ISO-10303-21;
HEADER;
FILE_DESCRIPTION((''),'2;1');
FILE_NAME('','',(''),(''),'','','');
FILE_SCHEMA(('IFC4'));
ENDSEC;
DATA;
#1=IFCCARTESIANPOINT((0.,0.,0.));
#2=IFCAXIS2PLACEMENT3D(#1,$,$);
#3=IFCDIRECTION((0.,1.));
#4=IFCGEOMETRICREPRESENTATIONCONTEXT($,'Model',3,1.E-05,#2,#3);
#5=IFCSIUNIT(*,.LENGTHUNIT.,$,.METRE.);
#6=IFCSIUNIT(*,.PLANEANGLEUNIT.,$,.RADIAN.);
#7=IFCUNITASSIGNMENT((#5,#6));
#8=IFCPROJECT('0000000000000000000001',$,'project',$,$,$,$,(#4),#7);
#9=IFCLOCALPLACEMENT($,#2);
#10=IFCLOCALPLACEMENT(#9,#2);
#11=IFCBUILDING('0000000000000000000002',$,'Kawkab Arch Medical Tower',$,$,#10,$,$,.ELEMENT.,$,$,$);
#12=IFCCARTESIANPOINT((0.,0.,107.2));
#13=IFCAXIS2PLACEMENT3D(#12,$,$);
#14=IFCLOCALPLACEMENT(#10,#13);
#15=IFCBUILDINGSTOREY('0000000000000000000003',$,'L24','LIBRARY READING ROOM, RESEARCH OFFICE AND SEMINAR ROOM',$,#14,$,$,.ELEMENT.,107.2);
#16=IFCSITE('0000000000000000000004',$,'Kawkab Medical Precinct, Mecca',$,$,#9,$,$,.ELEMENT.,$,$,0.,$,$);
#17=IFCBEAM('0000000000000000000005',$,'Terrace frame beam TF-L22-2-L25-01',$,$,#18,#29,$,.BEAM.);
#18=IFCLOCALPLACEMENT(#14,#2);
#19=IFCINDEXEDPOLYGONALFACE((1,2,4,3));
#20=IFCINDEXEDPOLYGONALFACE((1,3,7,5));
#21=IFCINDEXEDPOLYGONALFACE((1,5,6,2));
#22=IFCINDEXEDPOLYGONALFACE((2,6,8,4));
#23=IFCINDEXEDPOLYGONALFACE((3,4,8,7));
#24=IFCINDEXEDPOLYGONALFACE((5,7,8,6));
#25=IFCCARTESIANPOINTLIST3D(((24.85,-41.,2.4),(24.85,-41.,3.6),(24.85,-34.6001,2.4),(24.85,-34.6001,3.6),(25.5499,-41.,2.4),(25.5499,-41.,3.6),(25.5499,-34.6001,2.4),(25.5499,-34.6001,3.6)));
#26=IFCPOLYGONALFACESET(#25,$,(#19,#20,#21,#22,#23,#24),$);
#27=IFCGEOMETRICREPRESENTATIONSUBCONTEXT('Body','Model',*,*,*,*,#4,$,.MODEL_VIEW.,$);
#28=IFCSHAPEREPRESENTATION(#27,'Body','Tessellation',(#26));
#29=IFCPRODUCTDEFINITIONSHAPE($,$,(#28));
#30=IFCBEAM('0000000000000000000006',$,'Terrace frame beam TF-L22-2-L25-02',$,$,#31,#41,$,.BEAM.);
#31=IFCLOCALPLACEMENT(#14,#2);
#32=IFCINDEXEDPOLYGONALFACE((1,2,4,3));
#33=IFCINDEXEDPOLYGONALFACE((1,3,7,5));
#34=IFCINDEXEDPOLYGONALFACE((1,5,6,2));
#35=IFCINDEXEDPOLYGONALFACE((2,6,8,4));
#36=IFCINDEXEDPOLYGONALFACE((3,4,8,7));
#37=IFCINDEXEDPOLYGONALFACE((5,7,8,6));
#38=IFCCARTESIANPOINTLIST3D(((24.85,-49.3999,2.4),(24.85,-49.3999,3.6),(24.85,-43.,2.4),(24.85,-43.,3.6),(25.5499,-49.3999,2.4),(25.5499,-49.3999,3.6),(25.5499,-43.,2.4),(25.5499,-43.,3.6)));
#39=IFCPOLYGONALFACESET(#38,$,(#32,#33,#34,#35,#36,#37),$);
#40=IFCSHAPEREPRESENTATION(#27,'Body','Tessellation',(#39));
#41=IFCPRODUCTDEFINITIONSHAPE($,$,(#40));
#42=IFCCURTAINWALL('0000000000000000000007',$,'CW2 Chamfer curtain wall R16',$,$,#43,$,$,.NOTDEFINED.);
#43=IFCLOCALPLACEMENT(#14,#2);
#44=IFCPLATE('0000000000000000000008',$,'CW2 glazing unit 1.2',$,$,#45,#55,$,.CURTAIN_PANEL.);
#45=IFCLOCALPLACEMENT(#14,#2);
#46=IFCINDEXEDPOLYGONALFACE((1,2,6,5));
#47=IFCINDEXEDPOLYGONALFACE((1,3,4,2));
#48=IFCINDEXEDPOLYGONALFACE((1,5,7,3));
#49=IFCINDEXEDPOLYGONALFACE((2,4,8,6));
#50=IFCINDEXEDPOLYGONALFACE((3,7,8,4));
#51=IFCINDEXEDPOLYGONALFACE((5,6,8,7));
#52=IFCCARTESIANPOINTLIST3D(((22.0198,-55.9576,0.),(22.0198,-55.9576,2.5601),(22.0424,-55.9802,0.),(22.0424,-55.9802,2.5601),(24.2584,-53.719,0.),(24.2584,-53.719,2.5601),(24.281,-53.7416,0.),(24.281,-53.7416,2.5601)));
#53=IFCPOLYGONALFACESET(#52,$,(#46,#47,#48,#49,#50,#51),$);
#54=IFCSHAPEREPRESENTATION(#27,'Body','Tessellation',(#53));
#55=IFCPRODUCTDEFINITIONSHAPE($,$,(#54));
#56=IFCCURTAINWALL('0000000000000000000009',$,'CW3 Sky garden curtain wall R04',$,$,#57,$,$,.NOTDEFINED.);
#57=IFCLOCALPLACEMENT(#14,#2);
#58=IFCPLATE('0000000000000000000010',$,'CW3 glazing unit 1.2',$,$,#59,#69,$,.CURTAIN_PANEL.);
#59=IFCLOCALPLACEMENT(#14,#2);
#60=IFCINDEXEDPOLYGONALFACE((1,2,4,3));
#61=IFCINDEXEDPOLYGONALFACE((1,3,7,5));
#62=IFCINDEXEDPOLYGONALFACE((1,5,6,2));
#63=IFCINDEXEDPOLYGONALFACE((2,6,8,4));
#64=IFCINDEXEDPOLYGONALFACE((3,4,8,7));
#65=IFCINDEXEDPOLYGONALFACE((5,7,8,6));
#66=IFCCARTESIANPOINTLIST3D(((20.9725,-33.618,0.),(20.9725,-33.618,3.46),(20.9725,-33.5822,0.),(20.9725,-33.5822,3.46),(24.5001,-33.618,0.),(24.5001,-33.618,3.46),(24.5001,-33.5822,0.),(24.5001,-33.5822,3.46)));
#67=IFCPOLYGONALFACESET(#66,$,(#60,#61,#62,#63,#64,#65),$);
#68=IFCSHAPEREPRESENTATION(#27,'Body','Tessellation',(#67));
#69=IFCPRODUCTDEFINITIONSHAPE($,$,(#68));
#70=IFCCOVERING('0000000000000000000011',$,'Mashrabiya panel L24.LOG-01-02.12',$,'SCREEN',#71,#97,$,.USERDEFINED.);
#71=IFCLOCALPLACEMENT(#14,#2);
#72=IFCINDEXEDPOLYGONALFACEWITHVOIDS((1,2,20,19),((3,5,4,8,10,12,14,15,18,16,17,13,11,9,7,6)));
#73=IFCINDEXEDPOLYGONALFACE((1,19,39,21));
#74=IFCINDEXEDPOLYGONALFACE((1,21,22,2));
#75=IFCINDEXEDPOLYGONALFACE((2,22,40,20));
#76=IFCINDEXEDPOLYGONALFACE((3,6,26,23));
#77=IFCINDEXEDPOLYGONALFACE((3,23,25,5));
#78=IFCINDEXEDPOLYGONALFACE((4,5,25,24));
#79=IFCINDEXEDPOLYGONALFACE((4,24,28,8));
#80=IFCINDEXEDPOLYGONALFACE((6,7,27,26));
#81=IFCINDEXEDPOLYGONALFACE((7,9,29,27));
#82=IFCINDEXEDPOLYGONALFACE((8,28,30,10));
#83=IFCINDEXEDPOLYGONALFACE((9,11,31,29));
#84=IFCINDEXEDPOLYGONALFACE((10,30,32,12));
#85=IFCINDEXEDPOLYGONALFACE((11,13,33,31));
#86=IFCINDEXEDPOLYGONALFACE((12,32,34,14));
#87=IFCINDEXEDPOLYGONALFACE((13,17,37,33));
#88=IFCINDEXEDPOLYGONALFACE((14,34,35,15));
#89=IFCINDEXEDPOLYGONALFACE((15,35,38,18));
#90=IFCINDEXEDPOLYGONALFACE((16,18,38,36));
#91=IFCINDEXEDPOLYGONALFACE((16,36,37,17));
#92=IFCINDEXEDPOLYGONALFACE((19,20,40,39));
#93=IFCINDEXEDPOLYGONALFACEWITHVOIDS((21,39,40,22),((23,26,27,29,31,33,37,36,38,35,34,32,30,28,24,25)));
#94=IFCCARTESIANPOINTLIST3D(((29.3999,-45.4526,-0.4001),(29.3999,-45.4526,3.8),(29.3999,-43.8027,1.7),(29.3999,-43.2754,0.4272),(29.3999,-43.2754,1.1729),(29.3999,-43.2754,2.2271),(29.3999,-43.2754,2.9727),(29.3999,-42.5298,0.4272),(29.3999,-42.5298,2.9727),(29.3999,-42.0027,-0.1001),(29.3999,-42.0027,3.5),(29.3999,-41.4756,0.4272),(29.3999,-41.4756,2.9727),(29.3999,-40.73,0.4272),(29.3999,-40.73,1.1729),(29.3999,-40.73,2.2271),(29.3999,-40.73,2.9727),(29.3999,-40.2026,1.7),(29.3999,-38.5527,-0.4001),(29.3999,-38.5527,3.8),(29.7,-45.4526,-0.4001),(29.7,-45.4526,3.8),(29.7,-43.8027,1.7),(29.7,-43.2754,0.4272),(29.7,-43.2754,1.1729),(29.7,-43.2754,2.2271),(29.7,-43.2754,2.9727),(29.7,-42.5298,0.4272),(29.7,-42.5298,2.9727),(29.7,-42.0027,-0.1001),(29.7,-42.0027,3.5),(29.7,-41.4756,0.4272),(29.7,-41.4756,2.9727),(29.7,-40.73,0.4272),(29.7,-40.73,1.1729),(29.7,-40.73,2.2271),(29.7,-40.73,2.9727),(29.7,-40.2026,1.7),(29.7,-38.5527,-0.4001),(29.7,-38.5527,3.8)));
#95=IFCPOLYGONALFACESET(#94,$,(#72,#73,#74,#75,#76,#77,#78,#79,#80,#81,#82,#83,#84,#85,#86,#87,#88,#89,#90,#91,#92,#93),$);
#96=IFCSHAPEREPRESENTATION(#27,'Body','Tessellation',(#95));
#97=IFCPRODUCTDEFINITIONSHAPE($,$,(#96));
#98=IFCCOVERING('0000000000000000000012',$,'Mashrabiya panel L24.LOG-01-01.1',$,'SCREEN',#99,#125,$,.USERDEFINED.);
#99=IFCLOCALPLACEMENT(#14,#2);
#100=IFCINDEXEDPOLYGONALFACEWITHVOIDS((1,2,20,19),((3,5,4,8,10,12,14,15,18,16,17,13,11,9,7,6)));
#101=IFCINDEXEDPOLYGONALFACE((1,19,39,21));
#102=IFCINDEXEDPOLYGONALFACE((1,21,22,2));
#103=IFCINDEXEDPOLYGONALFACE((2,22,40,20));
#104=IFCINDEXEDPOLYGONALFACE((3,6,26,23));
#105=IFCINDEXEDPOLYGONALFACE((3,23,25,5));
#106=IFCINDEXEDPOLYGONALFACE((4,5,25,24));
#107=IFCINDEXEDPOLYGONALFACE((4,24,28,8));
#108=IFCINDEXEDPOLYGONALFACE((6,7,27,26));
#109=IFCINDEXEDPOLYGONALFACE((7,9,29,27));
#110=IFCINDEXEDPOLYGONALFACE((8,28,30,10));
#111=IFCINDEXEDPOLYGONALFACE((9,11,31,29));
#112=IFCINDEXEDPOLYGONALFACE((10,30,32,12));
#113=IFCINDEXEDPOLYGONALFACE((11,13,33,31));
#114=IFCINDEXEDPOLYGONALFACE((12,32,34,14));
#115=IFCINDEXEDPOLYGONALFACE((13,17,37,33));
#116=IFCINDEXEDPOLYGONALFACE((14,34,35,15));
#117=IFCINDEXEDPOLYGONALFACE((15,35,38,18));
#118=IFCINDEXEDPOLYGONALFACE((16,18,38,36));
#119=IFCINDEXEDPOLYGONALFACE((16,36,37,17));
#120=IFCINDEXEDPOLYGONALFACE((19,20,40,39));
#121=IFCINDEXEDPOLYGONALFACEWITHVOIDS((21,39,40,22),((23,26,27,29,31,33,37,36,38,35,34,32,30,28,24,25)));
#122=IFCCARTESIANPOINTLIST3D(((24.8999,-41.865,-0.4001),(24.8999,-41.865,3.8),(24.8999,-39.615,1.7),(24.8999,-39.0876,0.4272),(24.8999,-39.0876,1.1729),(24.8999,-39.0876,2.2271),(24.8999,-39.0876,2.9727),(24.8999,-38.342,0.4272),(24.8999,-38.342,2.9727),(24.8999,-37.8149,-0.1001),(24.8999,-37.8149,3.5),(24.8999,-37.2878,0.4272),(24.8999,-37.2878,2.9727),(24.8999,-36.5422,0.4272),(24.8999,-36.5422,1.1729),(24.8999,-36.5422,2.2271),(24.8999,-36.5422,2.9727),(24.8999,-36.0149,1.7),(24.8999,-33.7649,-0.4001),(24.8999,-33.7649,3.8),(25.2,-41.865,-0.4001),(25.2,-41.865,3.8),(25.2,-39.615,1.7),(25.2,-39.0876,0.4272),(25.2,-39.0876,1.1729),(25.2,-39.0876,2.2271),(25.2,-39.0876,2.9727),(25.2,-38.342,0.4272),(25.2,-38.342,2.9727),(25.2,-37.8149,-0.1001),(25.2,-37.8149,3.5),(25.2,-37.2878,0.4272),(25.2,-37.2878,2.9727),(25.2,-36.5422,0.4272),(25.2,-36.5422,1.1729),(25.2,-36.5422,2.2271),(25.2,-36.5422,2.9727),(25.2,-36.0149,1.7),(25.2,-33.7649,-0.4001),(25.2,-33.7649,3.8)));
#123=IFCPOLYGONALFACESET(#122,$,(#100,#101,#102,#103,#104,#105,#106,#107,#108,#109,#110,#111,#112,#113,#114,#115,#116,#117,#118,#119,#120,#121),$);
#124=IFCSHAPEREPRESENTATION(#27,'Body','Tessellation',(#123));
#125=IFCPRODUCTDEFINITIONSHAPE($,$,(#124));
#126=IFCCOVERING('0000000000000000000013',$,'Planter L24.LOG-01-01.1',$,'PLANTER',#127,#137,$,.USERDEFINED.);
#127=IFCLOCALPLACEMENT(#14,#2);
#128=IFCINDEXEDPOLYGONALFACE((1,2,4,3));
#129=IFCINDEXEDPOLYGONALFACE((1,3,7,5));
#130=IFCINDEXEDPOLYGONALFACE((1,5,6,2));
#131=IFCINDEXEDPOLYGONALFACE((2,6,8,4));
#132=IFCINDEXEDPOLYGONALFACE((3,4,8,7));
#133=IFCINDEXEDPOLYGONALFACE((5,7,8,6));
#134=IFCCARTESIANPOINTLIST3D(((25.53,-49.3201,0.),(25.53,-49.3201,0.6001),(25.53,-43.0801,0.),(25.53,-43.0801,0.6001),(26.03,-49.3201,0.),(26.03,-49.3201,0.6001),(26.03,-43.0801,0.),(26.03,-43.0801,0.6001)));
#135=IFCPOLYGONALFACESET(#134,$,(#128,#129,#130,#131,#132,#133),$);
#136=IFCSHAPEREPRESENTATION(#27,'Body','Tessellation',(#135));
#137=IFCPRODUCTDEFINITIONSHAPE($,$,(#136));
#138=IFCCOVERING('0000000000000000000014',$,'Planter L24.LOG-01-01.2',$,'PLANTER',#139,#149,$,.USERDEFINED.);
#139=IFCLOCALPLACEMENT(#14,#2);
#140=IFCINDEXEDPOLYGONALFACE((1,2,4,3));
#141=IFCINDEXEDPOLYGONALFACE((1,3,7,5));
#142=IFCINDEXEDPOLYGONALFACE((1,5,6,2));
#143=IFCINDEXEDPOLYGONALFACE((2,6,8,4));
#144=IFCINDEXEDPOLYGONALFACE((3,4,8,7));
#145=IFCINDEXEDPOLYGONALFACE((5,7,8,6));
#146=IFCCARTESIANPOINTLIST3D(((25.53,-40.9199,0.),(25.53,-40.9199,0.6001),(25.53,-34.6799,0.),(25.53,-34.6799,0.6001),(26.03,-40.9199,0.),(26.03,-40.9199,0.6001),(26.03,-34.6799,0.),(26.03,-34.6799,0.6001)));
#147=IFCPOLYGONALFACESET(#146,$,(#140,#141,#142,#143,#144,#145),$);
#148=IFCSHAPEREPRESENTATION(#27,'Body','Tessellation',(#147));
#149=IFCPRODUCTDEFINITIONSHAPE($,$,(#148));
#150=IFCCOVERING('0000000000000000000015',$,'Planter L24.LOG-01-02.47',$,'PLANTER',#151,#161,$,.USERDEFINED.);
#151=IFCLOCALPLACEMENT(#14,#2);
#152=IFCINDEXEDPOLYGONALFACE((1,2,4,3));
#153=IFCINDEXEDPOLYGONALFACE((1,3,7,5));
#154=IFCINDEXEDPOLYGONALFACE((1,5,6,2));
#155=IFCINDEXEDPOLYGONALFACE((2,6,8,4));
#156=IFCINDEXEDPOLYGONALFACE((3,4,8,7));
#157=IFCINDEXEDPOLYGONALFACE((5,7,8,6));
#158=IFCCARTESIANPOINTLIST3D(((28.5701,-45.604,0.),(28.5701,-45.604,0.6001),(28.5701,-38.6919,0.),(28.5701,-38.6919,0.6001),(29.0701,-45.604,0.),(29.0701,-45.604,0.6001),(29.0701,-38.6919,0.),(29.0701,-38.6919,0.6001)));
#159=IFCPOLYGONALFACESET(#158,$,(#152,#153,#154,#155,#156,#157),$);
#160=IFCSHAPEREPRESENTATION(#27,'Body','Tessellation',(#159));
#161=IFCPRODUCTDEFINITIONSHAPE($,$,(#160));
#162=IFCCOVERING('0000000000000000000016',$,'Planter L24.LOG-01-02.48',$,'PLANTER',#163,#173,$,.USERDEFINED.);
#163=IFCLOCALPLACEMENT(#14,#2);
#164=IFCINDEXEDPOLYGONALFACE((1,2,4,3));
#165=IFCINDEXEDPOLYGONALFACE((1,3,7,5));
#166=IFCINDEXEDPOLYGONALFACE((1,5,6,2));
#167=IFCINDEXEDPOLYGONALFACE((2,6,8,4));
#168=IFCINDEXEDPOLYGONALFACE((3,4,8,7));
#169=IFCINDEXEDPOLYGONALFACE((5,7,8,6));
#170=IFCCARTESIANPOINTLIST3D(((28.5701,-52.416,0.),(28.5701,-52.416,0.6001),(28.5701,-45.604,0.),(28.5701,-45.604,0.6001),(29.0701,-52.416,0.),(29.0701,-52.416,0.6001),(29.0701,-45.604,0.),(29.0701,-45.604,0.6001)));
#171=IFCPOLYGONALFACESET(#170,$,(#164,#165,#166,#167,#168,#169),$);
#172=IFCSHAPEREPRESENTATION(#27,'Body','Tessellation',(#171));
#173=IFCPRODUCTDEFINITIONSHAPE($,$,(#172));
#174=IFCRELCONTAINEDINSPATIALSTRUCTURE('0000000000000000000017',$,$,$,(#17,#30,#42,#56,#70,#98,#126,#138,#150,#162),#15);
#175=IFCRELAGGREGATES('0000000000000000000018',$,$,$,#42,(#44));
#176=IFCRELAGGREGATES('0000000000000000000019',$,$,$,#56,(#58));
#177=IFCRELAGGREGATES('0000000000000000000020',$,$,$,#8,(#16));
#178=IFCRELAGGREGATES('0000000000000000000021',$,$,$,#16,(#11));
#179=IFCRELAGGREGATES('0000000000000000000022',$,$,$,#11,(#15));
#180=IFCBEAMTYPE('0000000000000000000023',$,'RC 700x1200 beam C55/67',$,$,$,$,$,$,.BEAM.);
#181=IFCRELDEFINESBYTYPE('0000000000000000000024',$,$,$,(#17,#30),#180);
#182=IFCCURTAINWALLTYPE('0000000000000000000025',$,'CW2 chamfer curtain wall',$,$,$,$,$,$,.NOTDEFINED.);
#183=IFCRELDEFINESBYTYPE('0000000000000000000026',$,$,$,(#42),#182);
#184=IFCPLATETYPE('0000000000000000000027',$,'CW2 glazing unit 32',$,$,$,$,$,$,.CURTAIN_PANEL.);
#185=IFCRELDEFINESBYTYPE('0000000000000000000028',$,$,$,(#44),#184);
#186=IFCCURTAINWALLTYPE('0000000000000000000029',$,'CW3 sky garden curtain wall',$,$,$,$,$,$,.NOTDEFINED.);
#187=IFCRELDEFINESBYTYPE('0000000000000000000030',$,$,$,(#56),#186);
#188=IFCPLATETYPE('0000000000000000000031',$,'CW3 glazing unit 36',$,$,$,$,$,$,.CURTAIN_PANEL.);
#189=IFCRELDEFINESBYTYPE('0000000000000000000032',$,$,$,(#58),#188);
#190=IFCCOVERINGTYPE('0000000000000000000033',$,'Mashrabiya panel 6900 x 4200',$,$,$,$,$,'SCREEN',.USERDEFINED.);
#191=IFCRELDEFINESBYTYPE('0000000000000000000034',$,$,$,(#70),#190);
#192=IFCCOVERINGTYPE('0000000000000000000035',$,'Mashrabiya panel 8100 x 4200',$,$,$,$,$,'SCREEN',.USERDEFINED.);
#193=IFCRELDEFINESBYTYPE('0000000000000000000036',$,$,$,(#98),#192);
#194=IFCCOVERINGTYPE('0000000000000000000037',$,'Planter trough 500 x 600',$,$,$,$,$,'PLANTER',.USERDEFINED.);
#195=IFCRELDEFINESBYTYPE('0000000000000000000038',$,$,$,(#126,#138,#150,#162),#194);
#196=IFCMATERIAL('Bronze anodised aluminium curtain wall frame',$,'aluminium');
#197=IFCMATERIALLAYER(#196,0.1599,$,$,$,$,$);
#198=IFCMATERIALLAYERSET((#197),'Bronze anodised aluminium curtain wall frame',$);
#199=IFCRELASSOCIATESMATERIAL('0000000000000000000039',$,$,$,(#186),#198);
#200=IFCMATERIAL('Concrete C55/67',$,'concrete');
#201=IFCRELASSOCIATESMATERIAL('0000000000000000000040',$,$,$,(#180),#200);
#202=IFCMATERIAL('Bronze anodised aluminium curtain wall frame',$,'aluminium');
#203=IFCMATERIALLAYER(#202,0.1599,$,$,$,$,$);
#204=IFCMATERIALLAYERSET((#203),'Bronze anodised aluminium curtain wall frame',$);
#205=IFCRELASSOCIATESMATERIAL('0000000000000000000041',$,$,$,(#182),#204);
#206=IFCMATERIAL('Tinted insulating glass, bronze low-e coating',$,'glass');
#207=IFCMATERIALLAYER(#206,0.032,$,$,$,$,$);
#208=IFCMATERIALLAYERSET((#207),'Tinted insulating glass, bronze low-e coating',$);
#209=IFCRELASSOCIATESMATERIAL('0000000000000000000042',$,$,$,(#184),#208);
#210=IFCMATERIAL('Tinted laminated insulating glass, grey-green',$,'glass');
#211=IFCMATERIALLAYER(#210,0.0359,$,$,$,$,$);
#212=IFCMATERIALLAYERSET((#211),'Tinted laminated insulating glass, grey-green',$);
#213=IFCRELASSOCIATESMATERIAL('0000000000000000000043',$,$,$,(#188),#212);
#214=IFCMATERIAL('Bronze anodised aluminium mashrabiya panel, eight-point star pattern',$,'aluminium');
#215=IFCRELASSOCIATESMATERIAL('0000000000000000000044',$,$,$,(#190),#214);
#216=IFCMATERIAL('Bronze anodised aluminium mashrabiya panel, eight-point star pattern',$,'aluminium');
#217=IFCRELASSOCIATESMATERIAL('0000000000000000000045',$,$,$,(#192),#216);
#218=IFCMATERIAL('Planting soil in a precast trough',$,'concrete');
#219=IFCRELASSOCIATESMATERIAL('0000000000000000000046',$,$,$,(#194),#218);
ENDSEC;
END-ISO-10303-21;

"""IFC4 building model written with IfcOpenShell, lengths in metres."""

from ifc_helpers import new_model, si_unit, direction, frame, origin, origin_2d, place, context, subcontext, project, spatial, polyline, rectangle, outline, extrude, material, layer, layer_set, material_profile, profile_set, type_object, element, aggregate, save


model = new_model("IFC4")

# Units and contexts
model_context = context("Model", 3, precision=1e-05, world=origin(), true_north=direction((0.0, 1.0)))
body_context = subcontext(model_context, "Body", "Model", "MODEL_VIEW")
ifc_project = project(units=[si_unit("LENGTHUNIT", "METRE"), si_unit("PLANEANGLEUNIT", "RADIAN")], contexts=[model_context])

# Site, building, storey
site_placement = place(None, origin())
site = spatial("IfcSite", under=ifc_project, at=site_placement, Name="Kawkab Medical Precinct, Mecca", CompositionType="ELEMENT", RefElevation=0.0)
building_placement = place(site_placement, origin())
building = spatial("IfcBuilding", under=site, at=building_placement, Name="Kawkab Arch Medical Tower", CompositionType="ELEMENT")
storey_placement = place(building_placement, frame((0.0, 0.0, 107.2)))
storey = spatial("IfcBuildingStorey", under=building, at=storey_placement, Name="L24", Description="LIBRARY READING ROOM, RESEARCH OFFICE AND SEMINAR ROOM", CompositionType="ELEMENT", Elevation=107.2)

# Shared definitions
ifc_material_1 = material(Name="Bronze anodised aluminium curtain wall frame", Category="aluminium")
ifc_layer_1 = layer(ifc_material_1, 0.1599)
ifc_layer_set_1 = layer_set([ifc_layer_1], Name="Bronze anodised aluminium curtain wall frame")
curtain_wall_type_1 = type_object("IfcCurtainWallType", Name="CW3 sky garden curtain wall", PredefinedType="NOTDEFINED", material=ifc_layer_set_1)
placement = place(storey_placement, origin())

# Beams
ifc_material_2 = material(Name="Concrete C55/67", Category="concrete")
ifc_material_profile_1 = material_profile(ifc_material_2, rectangle(XDim=0.7, YDim=1.2, at=origin_2d()), Name="RC 700x1200")
ifc_profile_set_1 = profile_set([ifc_material_profile_1], Name="Concrete C55/67")
beam_type_1 = type_object("IfcBeamType", Name="RC 700x1200 beam C55/67", PredefinedType="BEAM", material=ifc_profile_set_1)
for number, where, z_axis, x_axis, name in (
    (1, (25.2, -34.6001, 3.0), (0.0, -1.0, 0.0), (1.0, 0.0, 0.0), "Terrace frame beam TF-L22-2-L25-01"),
    (2, (25.2, -43.0, 3.0), (0.0, -1.0, 0.0), (1.0, 0.0, 0.0), "Terrace frame beam TF-L22-2-L25-02"),
):
    element("IfcBeam", number, at=place(storey_placement, frame(where, z_axis=z_axis, x_axis=x_axis)), inside=storey, type_object=beam_type_1, Name=name, PredefinedType="BEAM", context=body_context, shape_type="SweptSolid", body=[
        extrude(rectangle(XDim=0.7, YDim=1.2, at=origin_2d()), origin(), (0.0, 0.0, 1.0), 6.3999),
    ])

# Curtain walls, plates
ifc_material_3 = material(Name="Bronze anodised aluminium curtain wall frame", Category="aluminium")
ifc_layer_2 = layer(ifc_material_3, 0.1599)
ifc_layer_set_2 = layer_set([ifc_layer_2], Name="Bronze anodised aluminium curtain wall frame")
curtain_wall_type_2 = type_object("IfcCurtainWallType", Name="CW2 chamfer curtain wall", PredefinedType="NOTDEFINED", material=ifc_layer_set_2)
curtain_wall_1 = element("IfcCurtainWall", 3, at=placement, inside=storey, type_object=curtain_wall_type_2, Name="CW2 Chamfer curtain wall R16", PredefinedType="NOTDEFINED")
ifc_material_4 = material(Name="Tinted insulating glass, bronze low-e coating", Category="glass")
ifc_layer_3 = layer(ifc_material_4, 0.032)
ifc_layer_set_3 = layer_set([ifc_layer_3], Name="Tinted insulating glass, bronze low-e coating")
plate_type_1 = type_object("IfcPlateType", Name="CW2 glazing unit 32", PredefinedType="CURTAIN_PANEL", material=ifc_layer_set_3)
plate_1_placement = place(storey_placement, frame((23.1504, -54.8496, 0.0), z_axis=(0.0, 0.0, 1.0), x_axis=(0.707107, 0.707107, 0.0)))
plate_1 = element("IfcPlate", 4, at=plate_1_placement, type_object=plate_type_1, Name="CW2 glazing unit 1.2", PredefinedType="CURTAIN_PANEL", context=body_context, shape_type="SweptSolid", body=[
    extrude(rectangle(XDim=3.1658, YDim=0.032, at=origin_2d()), origin(), (0.0, 0.0, 1.0), 2.5601),
])
aggregate(curtain_wall_1, [plate_1])
curtain_wall_2 = element("IfcCurtainWall", 5, at=placement, inside=storey, type_object=curtain_wall_type_1, Name="CW3 Sky garden curtain wall R04", PredefinedType="NOTDEFINED")
ifc_material_5 = material(Name="Tinted laminated insulating glass, grey-green", Category="glass")
ifc_layer_4 = layer(ifc_material_5, 0.0359)
ifc_layer_set_4 = layer_set([ifc_layer_4], Name="Tinted laminated insulating glass, grey-green")
plate_type_2 = type_object("IfcPlateType", Name="CW3 glazing unit 36", PredefinedType="CURTAIN_PANEL", material=ifc_layer_set_4)
plate_2_placement = place(storey_placement, frame((22.7363, -33.6001, 0.0), z_axis=(0.0, 0.0, 1.0), x_axis=(1.0, 0.0, 0.0)))
plate_2 = element("IfcPlate", 6, at=plate_2_placement, type_object=plate_type_2, Name="CW3 glazing unit 1.2", PredefinedType="CURTAIN_PANEL", context=body_context, shape_type="SweptSolid", body=[
    extrude(rectangle(XDim=3.5276, YDim=0.0359, at=origin_2d()), origin(), (0.0, 0.0, 1.0), 3.46),
])
aggregate(curtain_wall_2, [plate_2])

# Coverings
ifc_material_6 = material(Name="Bronze anodised aluminium mashrabiya panel, eight-point star pattern", Category="aluminium")
ifc_material_profile_2 = material_profile(ifc_material_6, outline(polyline([(-3.45, -2.1001), (3.45, -2.1001), (3.45, 2.1001), (-3.45, 2.1001), (-3.45, -2.1001)]), holes=[polyline([(1.8, 0.0), (1.2727, 0.5271), (1.2727, 1.2727), (0.5271, 1.2727), (0.0, 1.8), (-0.5271, 1.2727), (-1.2727, 1.2727), (-1.2727, 0.5271), (-1.8, 0.0), (-1.2727, -0.5271), (-1.2727, -1.2727), (-0.5271, -1.2727), (0.0, -1.8), (0.5271, -1.2727), (1.2727, -1.2727), (1.2727, -0.5271), (1.8, 0.0)])]), Name="Mashrabiya panel 6900x4200")
ifc_profile_set_2 = profile_set([ifc_material_profile_2], Name="Bronze anodised aluminium mashrabiya panel, eight-point star pattern")
covering_type_1 = type_object("IfcCoveringType", Name="Mashrabiya panel 6900 x 4200", ElementType="SCREEN", PredefinedType="USERDEFINED", material=ifc_profile_set_2)
covering_1_placement = place(storey_placement, frame((29.3999, -42.0027, 1.7), z_axis=(1.0, 0.0, 0.0), x_axis=(0.0, 1.0, 0.0)))
element("IfcCovering", 7, at=covering_1_placement, inside=storey, type_object=covering_type_1, Name="Mashrabiya panel L24.LOG-01-02.12", ObjectType="SCREEN", PredefinedType="USERDEFINED", context=body_context, shape_type="SweptSolid", body=[
    extrude(outline(polyline([(-3.45, -2.1001), (3.45, -2.1001), (3.45, 2.1001), (-3.45, 2.1001), (-3.45, -2.1001)]), holes=[polyline([(1.8, 0.0), (1.2727, 0.5271), (1.2727, 1.2727), (0.5271, 1.2727), (0.0, 1.8), (-0.5271, 1.2727), (-1.2727, 1.2727), (-1.2727, 0.5271), (-1.8, 0.0), (-1.2727, -0.5271), (-1.2727, -1.2727), (-0.5271, -1.2727), (0.0, -1.8), (0.5271, -1.2727), (1.2727, -1.2727), (1.2727, -0.5271), (1.8, 0.0)])]), origin(), (0.0, 0.0, 1.0), 0.3),
])
ifc_material_7 = material(Name="Bronze anodised aluminium mashrabiya panel, eight-point star pattern", Category="aluminium")
ifc_material_profile_3 = material_profile(ifc_material_7, outline(polyline([(-4.05, -2.1001), (4.05, -2.1001), (4.05, 2.1001), (-4.05, 2.1001), (-4.05, -2.1001)]), holes=[polyline([(1.8, 0.0), (1.2727, 0.5271), (1.2727, 1.2727), (0.5271, 1.2727), (0.0, 1.8), (-0.5271, 1.2727), (-1.2727, 1.2727), (-1.2727, 0.5271), (-1.8, 0.0), (-1.2727, -0.5271), (-1.2727, -1.2727), (-0.5271, -1.2727), (0.0, -1.8), (0.5271, -1.2727), (1.2727, -1.2727), (1.2727, -0.5271), (1.8, 0.0)])]), Name="Mashrabiya panel 8100x4200")
ifc_profile_set_3 = profile_set([ifc_material_profile_3], Name="Bronze anodised aluminium mashrabiya panel, eight-point star pattern")
covering_type_2 = type_object("IfcCoveringType", Name="Mashrabiya panel 8100 x 4200", ElementType="SCREEN", PredefinedType="USERDEFINED", material=ifc_profile_set_3)
covering_2_placement = place(storey_placement, frame((25.2, -37.8149, 1.7), z_axis=(-1.0, 0.0, 0.0), x_axis=(0.0, -1.0, 0.0)))
element("IfcCovering", 8, at=covering_2_placement, inside=storey, type_object=covering_type_2, Name="Mashrabiya panel L24.LOG-01-01.1", ObjectType="SCREEN", PredefinedType="USERDEFINED", context=body_context, shape_type="SweptSolid", body=[
    extrude(outline(polyline([(-4.05, -2.1001), (4.05, -2.1001), (4.05, 2.1001), (-4.05, 2.1001), (-4.05, -2.1001)]), holes=[polyline([(1.8, 0.0), (1.2727, 0.5271), (1.2727, 1.2727), (0.5271, 1.2727), (0.0, 1.8), (-0.5271, 1.2727), (-1.2727, 1.2727), (-1.2727, 0.5271), (-1.8, 0.0), (-1.2727, -0.5271), (-1.2727, -1.2727), (-0.5271, -1.2727), (0.0, -1.8), (0.5271, -1.2727), (1.2727, -1.2727), (1.2727, -0.5271), (1.8, 0.0)])]), origin(), (0.0, 0.0, 1.0), 0.3),
])
ifc_material_8 = material(Name="Planting soil in a precast trough", Category="concrete")
ifc_material_profile_4 = material_profile(ifc_material_8, rectangle(XDim=0.5, YDim=0.6001, at=origin_2d()), Name="Trough 500x600")
ifc_profile_set_4 = profile_set([ifc_material_profile_4], Name="Planting soil in a precast trough")
covering_type_3 = type_object("IfcCoveringType", Name="Planter trough 500 x 600", ElementType="PLANTER", PredefinedType="USERDEFINED", material=ifc_profile_set_4)
for number, where, z_axis, x_axis, name in (
    (9, (25.78, -49.3201, 0.3), (0.0, 1.0, 0.0), (-1.0, 0.0, 0.0), "Planter L24.LOG-01-01.1"),
    (10, (25.78, -40.9199, 0.3), (0.0, 1.0, 0.0), (-1.0, 0.0, 0.0), "Planter L24.LOG-01-01.2"),
):
    element("IfcCovering", number, at=place(storey_placement, frame(where, z_axis=z_axis, x_axis=x_axis)), inside=storey, type_object=covering_type_3, Name=name, ObjectType="PLANTER", PredefinedType="USERDEFINED", context=body_context, shape_type="SweptSolid", body=[
        extrude(rectangle(XDim=0.5, YDim=0.6001, at=origin_2d()), origin(), (0.0, 0.0, 1.0), 6.24),
    ])
covering_3_placement = place(storey_placement, frame((28.8201, -38.6919, 0.3), z_axis=(0.0, -1.0, 0.0), x_axis=(1.0, 0.0, 0.0)))
element("IfcCovering", 11, at=covering_3_placement, inside=storey, type_object=covering_type_3, Name="Planter L24.LOG-01-02.47", ObjectType="PLANTER", PredefinedType="USERDEFINED", context=body_context, shape_type="SweptSolid", body=[
    extrude(rectangle(XDim=0.5, YDim=0.6001, at=origin_2d()), origin(), (0.0, 0.0, 1.0), 6.9121),
])
covering_4_placement = place(storey_placement, frame((28.8201, -45.604, 0.3), z_axis=(0.0, -1.0, 0.0), x_axis=(1.0, 0.0, 0.0)))
element("IfcCovering", 12, at=covering_4_placement, inside=storey, type_object=covering_type_3, Name="Planter L24.LOG-01-02.48", ObjectType="PLANTER", PredefinedType="USERDEFINED", context=body_context, shape_type="SweptSolid", body=[
    extrude(rectangle(XDim=0.5, YDim=0.6001, at=origin_2d()), origin(), (0.0, 0.0, 1.0), 6.812),
])

save(model, "model.ifc")
